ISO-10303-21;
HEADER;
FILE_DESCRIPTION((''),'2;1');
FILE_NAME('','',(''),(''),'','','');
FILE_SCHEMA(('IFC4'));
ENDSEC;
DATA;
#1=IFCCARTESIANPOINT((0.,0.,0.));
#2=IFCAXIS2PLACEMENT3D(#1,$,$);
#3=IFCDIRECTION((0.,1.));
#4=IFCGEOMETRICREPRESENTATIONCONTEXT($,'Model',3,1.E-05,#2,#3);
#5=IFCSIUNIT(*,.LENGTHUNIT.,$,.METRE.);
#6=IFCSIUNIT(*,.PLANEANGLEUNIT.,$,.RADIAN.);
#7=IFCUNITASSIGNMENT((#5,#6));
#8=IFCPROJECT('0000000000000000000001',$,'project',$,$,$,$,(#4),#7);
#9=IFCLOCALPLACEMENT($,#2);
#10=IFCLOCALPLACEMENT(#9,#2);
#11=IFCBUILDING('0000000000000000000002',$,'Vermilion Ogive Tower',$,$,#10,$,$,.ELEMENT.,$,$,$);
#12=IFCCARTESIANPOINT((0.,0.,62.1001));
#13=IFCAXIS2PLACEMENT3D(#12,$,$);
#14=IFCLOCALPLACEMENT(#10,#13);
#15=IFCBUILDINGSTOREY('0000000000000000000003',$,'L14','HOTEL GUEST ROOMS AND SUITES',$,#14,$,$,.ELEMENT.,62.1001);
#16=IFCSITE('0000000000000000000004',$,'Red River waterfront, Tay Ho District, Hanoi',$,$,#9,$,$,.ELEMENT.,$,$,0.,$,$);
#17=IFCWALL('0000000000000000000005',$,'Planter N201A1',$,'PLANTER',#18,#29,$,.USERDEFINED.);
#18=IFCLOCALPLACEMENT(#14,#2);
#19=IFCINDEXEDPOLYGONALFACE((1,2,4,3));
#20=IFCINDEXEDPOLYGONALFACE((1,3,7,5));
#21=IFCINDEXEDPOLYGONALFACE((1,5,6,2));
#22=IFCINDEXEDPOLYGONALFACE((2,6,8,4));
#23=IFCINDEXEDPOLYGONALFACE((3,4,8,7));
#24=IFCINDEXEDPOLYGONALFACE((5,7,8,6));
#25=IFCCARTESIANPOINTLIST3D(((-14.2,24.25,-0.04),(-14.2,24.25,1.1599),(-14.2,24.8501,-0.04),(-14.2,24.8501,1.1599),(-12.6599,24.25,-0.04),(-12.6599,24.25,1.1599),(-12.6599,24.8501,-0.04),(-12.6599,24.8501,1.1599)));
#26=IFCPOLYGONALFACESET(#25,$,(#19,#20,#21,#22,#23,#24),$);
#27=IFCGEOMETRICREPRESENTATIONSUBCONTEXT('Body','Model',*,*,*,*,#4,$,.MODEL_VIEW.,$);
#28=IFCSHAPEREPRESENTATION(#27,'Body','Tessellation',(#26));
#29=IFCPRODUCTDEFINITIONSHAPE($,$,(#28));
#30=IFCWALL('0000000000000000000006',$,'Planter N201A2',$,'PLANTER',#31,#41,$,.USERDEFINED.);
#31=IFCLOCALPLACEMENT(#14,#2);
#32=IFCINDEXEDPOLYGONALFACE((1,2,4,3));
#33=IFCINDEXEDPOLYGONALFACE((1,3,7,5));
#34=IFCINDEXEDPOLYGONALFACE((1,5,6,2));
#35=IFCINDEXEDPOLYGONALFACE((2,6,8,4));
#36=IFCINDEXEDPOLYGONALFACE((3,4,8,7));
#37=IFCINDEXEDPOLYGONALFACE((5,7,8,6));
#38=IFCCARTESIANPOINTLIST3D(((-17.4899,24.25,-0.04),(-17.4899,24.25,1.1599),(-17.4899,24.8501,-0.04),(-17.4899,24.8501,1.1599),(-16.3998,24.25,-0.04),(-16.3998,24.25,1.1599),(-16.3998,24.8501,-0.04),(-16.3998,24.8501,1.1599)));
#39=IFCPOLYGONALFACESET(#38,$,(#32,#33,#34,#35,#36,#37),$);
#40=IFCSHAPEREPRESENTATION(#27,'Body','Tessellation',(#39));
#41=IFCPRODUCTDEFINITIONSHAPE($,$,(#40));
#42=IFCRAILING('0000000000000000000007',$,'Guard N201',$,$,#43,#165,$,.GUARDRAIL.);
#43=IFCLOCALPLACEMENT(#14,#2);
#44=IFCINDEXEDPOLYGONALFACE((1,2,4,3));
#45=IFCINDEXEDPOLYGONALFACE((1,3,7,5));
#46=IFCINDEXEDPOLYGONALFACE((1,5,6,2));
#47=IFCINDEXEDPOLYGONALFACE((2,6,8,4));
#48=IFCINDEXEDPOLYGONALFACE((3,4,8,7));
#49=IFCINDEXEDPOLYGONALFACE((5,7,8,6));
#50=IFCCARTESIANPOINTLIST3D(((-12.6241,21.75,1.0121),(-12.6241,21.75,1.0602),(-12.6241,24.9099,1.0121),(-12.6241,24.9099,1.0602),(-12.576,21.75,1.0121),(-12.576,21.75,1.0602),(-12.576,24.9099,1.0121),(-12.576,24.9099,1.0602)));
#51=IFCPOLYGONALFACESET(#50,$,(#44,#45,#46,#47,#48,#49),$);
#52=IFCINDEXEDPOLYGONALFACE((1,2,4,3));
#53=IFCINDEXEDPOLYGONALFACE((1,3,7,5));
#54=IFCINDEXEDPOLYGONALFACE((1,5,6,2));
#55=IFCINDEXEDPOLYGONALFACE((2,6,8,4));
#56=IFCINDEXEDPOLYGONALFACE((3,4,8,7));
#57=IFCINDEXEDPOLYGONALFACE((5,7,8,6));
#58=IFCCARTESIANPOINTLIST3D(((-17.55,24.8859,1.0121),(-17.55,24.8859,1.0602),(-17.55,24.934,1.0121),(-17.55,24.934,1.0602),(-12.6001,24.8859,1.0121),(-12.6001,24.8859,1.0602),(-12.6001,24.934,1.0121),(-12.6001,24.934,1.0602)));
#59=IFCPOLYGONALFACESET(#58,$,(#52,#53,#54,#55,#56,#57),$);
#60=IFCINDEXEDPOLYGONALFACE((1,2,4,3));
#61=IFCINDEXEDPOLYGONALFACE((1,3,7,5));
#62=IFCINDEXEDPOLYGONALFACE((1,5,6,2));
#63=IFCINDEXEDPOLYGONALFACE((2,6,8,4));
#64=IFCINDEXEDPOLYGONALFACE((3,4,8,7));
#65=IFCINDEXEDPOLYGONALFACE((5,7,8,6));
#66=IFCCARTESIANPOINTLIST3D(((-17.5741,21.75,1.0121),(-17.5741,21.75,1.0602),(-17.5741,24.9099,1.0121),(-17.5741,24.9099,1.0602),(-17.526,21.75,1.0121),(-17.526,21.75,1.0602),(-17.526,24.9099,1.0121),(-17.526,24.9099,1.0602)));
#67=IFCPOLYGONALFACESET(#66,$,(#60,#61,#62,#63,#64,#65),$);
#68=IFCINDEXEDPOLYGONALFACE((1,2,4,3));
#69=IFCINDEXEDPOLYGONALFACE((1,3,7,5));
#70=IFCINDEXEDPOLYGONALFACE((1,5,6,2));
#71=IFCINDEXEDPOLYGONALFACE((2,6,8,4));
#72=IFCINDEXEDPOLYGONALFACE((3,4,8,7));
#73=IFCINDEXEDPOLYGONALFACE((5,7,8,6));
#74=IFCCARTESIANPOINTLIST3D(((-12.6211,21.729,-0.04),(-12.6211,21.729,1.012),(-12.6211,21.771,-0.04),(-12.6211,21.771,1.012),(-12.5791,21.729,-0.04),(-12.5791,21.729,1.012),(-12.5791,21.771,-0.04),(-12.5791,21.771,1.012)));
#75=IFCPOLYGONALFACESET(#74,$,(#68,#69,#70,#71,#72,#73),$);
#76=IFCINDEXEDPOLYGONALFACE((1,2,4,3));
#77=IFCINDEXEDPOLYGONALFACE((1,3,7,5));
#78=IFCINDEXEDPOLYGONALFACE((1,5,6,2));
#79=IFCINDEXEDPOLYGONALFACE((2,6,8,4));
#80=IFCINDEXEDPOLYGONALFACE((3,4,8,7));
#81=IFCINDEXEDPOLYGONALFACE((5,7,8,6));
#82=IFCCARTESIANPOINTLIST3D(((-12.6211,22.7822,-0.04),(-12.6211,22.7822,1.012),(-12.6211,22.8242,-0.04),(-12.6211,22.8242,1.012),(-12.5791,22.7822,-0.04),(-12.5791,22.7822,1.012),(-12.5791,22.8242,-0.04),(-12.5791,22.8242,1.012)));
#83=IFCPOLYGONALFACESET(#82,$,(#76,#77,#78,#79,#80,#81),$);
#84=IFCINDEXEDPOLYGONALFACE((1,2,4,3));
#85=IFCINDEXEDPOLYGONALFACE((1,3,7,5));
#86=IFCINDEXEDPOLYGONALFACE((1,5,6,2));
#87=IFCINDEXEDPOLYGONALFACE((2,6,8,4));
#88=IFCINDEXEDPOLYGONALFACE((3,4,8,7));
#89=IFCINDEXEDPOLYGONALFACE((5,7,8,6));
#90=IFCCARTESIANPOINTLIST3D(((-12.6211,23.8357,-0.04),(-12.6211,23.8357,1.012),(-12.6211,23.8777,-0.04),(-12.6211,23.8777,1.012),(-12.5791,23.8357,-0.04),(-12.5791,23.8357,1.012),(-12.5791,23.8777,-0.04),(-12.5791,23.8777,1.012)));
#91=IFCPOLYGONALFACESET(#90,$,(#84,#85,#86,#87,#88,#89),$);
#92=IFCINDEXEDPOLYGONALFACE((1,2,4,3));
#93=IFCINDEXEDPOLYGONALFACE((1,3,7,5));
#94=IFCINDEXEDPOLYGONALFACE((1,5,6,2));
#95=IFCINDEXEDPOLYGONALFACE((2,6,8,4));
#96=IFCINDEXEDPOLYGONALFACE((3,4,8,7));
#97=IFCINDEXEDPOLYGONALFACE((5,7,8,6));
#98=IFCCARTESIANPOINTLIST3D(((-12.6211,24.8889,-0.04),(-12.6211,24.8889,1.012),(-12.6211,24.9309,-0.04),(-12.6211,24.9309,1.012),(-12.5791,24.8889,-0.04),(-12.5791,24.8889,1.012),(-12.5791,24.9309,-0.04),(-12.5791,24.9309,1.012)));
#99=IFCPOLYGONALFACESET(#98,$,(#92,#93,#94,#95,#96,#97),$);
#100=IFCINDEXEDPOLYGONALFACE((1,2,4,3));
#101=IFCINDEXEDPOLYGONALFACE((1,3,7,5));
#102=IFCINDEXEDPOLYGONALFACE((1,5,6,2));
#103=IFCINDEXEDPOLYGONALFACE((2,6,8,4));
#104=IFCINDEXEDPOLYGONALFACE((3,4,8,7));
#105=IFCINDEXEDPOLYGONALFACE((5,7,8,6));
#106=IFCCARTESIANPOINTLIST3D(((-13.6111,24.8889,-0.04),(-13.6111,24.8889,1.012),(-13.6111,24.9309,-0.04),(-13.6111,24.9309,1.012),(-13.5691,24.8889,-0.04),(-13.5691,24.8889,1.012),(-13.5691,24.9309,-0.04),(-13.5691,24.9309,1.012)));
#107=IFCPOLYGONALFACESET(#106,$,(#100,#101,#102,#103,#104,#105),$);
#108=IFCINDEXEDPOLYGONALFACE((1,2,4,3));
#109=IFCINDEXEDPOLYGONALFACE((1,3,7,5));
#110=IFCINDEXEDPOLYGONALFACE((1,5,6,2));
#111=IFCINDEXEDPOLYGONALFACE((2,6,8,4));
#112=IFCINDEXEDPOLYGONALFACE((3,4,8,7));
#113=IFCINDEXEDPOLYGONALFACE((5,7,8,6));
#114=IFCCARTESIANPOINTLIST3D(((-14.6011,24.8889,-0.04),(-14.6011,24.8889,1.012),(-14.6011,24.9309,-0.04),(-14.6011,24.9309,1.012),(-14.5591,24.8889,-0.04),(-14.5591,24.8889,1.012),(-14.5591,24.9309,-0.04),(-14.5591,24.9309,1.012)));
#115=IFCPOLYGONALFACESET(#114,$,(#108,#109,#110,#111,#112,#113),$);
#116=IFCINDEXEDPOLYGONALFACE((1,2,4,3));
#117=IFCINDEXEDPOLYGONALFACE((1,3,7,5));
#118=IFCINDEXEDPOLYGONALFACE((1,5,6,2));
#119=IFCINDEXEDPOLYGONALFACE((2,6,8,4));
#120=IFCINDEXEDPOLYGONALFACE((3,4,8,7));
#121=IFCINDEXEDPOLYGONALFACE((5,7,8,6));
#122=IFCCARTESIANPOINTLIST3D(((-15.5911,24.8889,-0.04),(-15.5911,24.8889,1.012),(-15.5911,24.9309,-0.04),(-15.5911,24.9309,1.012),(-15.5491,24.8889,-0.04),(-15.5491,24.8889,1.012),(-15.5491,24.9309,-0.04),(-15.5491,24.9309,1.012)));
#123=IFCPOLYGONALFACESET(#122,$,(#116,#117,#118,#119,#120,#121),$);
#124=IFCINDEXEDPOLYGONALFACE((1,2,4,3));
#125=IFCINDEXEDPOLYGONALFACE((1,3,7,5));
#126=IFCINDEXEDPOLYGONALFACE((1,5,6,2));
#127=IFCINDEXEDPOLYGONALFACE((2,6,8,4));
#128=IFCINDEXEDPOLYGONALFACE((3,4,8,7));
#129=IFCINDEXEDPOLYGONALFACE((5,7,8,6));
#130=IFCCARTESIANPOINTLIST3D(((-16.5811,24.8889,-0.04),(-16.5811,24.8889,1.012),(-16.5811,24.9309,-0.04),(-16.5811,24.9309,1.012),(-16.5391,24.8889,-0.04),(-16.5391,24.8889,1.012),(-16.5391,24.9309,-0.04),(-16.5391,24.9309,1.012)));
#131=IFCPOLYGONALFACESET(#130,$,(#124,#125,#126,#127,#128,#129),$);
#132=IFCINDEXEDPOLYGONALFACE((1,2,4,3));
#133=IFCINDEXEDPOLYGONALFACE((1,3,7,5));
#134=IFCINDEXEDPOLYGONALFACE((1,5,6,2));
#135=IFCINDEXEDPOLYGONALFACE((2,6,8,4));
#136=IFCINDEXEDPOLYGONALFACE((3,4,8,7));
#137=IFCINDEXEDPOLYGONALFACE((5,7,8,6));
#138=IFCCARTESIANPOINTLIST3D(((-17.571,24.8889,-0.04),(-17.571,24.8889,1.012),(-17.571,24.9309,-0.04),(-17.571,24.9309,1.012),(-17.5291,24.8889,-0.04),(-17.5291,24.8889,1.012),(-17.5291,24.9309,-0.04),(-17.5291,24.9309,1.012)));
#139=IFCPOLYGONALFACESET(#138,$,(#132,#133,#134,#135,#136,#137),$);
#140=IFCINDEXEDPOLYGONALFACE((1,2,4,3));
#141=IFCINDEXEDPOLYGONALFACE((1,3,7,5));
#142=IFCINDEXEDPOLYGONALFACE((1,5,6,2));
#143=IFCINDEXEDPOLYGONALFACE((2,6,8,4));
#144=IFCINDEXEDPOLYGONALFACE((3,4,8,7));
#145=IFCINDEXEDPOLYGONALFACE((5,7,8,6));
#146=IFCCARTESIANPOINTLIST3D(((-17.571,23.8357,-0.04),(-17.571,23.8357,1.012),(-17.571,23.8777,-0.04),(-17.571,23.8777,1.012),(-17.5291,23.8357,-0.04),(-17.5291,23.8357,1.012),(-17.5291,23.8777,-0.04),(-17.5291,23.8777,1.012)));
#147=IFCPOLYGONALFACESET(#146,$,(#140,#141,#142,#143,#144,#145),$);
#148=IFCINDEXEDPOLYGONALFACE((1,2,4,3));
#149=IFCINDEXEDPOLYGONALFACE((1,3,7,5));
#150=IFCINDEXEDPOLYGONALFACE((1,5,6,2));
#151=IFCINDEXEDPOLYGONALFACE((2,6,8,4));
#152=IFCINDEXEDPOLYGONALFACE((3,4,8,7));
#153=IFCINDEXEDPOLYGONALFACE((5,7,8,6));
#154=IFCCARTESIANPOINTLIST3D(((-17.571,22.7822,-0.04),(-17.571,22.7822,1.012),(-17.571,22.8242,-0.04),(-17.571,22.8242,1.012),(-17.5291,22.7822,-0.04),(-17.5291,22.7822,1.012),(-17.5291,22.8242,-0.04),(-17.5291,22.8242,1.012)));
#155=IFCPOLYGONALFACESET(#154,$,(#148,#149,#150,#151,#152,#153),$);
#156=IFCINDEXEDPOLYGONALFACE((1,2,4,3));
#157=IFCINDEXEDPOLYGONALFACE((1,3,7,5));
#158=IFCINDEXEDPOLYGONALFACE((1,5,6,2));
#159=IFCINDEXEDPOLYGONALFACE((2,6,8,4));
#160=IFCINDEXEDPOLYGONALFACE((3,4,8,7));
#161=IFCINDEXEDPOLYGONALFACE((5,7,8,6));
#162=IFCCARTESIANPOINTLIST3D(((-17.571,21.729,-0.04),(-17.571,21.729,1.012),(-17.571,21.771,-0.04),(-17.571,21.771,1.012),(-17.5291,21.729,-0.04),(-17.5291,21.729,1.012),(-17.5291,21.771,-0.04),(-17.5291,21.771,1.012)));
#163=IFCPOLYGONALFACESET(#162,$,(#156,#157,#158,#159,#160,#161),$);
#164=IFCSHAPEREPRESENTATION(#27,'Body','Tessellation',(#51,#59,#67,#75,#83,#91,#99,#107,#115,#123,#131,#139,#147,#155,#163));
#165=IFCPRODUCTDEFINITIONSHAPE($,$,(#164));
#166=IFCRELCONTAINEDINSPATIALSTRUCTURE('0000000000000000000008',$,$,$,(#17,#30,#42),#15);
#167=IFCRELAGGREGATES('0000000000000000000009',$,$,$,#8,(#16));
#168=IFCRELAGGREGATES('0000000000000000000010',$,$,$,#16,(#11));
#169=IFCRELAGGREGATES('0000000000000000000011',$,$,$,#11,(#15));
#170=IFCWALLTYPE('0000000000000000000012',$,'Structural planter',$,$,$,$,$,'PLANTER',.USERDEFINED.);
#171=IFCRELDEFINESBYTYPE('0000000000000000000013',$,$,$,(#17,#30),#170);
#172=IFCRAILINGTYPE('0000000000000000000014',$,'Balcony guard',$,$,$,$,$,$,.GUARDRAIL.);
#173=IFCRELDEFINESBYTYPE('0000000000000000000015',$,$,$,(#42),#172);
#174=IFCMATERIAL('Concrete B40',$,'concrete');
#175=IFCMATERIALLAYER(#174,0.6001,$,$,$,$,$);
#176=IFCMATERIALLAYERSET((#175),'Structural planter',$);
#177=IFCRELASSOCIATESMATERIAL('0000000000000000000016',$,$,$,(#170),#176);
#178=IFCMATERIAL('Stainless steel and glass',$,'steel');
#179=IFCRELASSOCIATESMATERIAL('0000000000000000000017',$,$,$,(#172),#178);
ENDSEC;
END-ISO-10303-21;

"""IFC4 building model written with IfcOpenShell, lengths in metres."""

from ifc_helpers import new_model, si_unit, direction, frame, frame_2d, origin, origin_2d, place, context, subcontext, project, spatial, rectangle, extrude, material, layer, layer_set, type_object, element, save


model = new_model("IFC4")

# Units and contexts
model_context = context("Model", 3, precision=1e-05, world=origin(), true_north=direction((0.0, 1.0)))
body_context = subcontext(model_context, "Body", "Model", "MODEL_VIEW")
ifc_project = project(units=[si_unit("LENGTHUNIT", "METRE"), si_unit("PLANEANGLEUNIT", "RADIAN")], contexts=[model_context])

# Site, building, storey
site_placement = place(None, origin())
site = spatial("IfcSite", under=ifc_project, at=site_placement, Name="Red River waterfront, Tay Ho District, Hanoi", CompositionType="ELEMENT", RefElevation=0.0)
building_placement = place(site_placement, origin())
building = spatial("IfcBuilding", under=site, at=building_placement, Name="Vermilion Ogive Tower", CompositionType="ELEMENT")
storey_placement = place(building_placement, frame((0.0, 0.0, 62.1001)))
storey = spatial("IfcBuildingStorey", under=building, at=storey_placement, Name="L14", Description="HOTEL GUEST ROOMS AND SUITES", CompositionType="ELEMENT", Elevation=62.1001)

# Walls
ifc_material_1 = material(Name="Concrete B40", Category="concrete")
ifc_layer_1 = layer(ifc_material_1, 0.6001)
ifc_layer_set_1 = layer_set([ifc_layer_1], Name="Structural planter")
wall_type_1 = type_object("IfcWallType", Name="Structural planter", ElementType="PLANTER", PredefinedType="USERDEFINED", material=ifc_layer_set_1)
wall_1_placement = place(storey_placement, frame((-12.6599, 24.55, -0.04), z_axis=(0.0, 0.0, 1.0), x_axis=(-1.0, 0.0, 0.0)))
element("IfcWall", 1, at=wall_1_placement, inside=storey, type_object=wall_type_1, Name="Planter N201A1", ObjectType="PLANTER", PredefinedType="USERDEFINED", context=body_context, shape_type="SweptSolid", body=[
    extrude(rectangle(XDim=1.54, YDim=0.6001, at=frame_2d((0.77, 0.0))), origin(), (0.0, 0.0, 1.0), 1.2),
])
wall_2_placement = place(storey_placement, frame((-16.3999, 24.55, -0.04), z_axis=(0.0, 0.0, 1.0), x_axis=(-1.0, 0.0, 0.0)))
element("IfcWall", 2, at=wall_2_placement, inside=storey, type_object=wall_type_1, Name="Planter N201A2", ObjectType="PLANTER", PredefinedType="USERDEFINED", context=body_context, shape_type="SweptSolid", body=[
    extrude(rectangle(XDim=1.0901, YDim=0.6001, at=frame_2d((0.5449, 0.0))), origin(), (0.0, 0.0, 1.0), 1.2),
])

# Railing
ifc_material_2 = material(Name="Stainless steel and glass", Category="steel")
railing_type = type_object("IfcRailingType", Name="Balcony guard", PredefinedType="GUARDRAIL", material=ifc_material_2)
railing_placement = place(storey_placement, frame((-12.6001, 21.75, -0.04)))
element("IfcRailing", 3, at=railing_placement, inside=storey, type_object=railing_type, Name="Guard N201", PredefinedType="GUARDRAIL", context=body_context, shape_type="SweptSolid", body=[
    extrude(rectangle(XDim=0.0481, YDim=0.0481, at=origin_2d()), frame((0.0, 0.0, 1.0762), z_axis=(0.0, 1.0, 0.0), x_axis=(-1.0, 0.0, 0.0)), (0.0, 0.0, 1.0), 3.1599),
    extrude(rectangle(XDim=0.0481, YDim=0.0481, at=origin_2d()), frame((0.0, 3.1599, 1.0762), z_axis=(-1.0, 0.0, 0.0), x_axis=(0.0, -1.0, 0.0)), (0.0, 0.0, 1.0), 4.95),
    extrude(rectangle(XDim=0.0481, YDim=0.0481, at=origin_2d()), frame((-4.95, 3.1599, 1.0762), z_axis=(0.0, -1.0, 0.0), x_axis=(1.0, 0.0, 0.0)), (0.0, 0.0, 1.0), 3.1599),
    extrude(rectangle(XDim=0.042, YDim=0.042, at=origin_2d()), origin(), (0.0, 0.0, 1.0), 1.052),
    extrude(rectangle(XDim=0.042, YDim=0.042, at=origin_2d()), frame((0.0, 1.0532, 0.0)), (0.0, 0.0, 1.0), 1.052),
    extrude(rectangle(XDim=0.042, YDim=0.042, at=origin_2d()), frame((0.0, 2.1067, 0.0)), (0.0, 0.0, 1.0), 1.052),
    extrude(rectangle(XDim=0.042, YDim=0.042, at=origin_2d()), frame((0.0, 3.1599, 0.0)), (0.0, 0.0, 1.0), 1.052),
    extrude(rectangle(XDim=0.042, YDim=0.042, at=origin_2d()), frame((-0.99, 3.1599, 0.0)), (0.0, 0.0, 1.0), 1.052),
    extrude(rectangle(XDim=0.042, YDim=0.042, at=origin_2d()), frame((-1.98, 3.1599, 0.0)), (0.0, 0.0, 1.0), 1.052),
    extrude(rectangle(XDim=0.042, YDim=0.042, at=origin_2d()), frame((-2.97, 3.1599, 0.0)), (0.0, 0.0, 1.0), 1.052),
    extrude(rectangle(XDim=0.042, YDim=0.042, at=origin_2d()), frame((-3.96, 3.1599, 0.0)), (0.0, 0.0, 1.0), 1.052),
    extrude(rectangle(XDim=0.042, YDim=0.042, at=origin_2d()), frame((-4.95, 3.1599, 0.0)), (0.0, 0.0, 1.0), 1.052),
    extrude(rectangle(XDim=0.042, YDim=0.042, at=origin_2d()), frame((-4.95, 2.1067, 0.0)), (0.0, 0.0, 1.0), 1.052),
    extrude(rectangle(XDim=0.042, YDim=0.042, at=origin_2d()), frame((-4.95, 1.0532, 0.0)), (0.0, 0.0, 1.0), 1.052),
    extrude(rectangle(XDim=0.042, YDim=0.042, at=origin_2d()), frame((-4.95, 0.0, 0.0)), (0.0, 0.0, 1.0), 1.052),
])

save(model, "model.ifc")
